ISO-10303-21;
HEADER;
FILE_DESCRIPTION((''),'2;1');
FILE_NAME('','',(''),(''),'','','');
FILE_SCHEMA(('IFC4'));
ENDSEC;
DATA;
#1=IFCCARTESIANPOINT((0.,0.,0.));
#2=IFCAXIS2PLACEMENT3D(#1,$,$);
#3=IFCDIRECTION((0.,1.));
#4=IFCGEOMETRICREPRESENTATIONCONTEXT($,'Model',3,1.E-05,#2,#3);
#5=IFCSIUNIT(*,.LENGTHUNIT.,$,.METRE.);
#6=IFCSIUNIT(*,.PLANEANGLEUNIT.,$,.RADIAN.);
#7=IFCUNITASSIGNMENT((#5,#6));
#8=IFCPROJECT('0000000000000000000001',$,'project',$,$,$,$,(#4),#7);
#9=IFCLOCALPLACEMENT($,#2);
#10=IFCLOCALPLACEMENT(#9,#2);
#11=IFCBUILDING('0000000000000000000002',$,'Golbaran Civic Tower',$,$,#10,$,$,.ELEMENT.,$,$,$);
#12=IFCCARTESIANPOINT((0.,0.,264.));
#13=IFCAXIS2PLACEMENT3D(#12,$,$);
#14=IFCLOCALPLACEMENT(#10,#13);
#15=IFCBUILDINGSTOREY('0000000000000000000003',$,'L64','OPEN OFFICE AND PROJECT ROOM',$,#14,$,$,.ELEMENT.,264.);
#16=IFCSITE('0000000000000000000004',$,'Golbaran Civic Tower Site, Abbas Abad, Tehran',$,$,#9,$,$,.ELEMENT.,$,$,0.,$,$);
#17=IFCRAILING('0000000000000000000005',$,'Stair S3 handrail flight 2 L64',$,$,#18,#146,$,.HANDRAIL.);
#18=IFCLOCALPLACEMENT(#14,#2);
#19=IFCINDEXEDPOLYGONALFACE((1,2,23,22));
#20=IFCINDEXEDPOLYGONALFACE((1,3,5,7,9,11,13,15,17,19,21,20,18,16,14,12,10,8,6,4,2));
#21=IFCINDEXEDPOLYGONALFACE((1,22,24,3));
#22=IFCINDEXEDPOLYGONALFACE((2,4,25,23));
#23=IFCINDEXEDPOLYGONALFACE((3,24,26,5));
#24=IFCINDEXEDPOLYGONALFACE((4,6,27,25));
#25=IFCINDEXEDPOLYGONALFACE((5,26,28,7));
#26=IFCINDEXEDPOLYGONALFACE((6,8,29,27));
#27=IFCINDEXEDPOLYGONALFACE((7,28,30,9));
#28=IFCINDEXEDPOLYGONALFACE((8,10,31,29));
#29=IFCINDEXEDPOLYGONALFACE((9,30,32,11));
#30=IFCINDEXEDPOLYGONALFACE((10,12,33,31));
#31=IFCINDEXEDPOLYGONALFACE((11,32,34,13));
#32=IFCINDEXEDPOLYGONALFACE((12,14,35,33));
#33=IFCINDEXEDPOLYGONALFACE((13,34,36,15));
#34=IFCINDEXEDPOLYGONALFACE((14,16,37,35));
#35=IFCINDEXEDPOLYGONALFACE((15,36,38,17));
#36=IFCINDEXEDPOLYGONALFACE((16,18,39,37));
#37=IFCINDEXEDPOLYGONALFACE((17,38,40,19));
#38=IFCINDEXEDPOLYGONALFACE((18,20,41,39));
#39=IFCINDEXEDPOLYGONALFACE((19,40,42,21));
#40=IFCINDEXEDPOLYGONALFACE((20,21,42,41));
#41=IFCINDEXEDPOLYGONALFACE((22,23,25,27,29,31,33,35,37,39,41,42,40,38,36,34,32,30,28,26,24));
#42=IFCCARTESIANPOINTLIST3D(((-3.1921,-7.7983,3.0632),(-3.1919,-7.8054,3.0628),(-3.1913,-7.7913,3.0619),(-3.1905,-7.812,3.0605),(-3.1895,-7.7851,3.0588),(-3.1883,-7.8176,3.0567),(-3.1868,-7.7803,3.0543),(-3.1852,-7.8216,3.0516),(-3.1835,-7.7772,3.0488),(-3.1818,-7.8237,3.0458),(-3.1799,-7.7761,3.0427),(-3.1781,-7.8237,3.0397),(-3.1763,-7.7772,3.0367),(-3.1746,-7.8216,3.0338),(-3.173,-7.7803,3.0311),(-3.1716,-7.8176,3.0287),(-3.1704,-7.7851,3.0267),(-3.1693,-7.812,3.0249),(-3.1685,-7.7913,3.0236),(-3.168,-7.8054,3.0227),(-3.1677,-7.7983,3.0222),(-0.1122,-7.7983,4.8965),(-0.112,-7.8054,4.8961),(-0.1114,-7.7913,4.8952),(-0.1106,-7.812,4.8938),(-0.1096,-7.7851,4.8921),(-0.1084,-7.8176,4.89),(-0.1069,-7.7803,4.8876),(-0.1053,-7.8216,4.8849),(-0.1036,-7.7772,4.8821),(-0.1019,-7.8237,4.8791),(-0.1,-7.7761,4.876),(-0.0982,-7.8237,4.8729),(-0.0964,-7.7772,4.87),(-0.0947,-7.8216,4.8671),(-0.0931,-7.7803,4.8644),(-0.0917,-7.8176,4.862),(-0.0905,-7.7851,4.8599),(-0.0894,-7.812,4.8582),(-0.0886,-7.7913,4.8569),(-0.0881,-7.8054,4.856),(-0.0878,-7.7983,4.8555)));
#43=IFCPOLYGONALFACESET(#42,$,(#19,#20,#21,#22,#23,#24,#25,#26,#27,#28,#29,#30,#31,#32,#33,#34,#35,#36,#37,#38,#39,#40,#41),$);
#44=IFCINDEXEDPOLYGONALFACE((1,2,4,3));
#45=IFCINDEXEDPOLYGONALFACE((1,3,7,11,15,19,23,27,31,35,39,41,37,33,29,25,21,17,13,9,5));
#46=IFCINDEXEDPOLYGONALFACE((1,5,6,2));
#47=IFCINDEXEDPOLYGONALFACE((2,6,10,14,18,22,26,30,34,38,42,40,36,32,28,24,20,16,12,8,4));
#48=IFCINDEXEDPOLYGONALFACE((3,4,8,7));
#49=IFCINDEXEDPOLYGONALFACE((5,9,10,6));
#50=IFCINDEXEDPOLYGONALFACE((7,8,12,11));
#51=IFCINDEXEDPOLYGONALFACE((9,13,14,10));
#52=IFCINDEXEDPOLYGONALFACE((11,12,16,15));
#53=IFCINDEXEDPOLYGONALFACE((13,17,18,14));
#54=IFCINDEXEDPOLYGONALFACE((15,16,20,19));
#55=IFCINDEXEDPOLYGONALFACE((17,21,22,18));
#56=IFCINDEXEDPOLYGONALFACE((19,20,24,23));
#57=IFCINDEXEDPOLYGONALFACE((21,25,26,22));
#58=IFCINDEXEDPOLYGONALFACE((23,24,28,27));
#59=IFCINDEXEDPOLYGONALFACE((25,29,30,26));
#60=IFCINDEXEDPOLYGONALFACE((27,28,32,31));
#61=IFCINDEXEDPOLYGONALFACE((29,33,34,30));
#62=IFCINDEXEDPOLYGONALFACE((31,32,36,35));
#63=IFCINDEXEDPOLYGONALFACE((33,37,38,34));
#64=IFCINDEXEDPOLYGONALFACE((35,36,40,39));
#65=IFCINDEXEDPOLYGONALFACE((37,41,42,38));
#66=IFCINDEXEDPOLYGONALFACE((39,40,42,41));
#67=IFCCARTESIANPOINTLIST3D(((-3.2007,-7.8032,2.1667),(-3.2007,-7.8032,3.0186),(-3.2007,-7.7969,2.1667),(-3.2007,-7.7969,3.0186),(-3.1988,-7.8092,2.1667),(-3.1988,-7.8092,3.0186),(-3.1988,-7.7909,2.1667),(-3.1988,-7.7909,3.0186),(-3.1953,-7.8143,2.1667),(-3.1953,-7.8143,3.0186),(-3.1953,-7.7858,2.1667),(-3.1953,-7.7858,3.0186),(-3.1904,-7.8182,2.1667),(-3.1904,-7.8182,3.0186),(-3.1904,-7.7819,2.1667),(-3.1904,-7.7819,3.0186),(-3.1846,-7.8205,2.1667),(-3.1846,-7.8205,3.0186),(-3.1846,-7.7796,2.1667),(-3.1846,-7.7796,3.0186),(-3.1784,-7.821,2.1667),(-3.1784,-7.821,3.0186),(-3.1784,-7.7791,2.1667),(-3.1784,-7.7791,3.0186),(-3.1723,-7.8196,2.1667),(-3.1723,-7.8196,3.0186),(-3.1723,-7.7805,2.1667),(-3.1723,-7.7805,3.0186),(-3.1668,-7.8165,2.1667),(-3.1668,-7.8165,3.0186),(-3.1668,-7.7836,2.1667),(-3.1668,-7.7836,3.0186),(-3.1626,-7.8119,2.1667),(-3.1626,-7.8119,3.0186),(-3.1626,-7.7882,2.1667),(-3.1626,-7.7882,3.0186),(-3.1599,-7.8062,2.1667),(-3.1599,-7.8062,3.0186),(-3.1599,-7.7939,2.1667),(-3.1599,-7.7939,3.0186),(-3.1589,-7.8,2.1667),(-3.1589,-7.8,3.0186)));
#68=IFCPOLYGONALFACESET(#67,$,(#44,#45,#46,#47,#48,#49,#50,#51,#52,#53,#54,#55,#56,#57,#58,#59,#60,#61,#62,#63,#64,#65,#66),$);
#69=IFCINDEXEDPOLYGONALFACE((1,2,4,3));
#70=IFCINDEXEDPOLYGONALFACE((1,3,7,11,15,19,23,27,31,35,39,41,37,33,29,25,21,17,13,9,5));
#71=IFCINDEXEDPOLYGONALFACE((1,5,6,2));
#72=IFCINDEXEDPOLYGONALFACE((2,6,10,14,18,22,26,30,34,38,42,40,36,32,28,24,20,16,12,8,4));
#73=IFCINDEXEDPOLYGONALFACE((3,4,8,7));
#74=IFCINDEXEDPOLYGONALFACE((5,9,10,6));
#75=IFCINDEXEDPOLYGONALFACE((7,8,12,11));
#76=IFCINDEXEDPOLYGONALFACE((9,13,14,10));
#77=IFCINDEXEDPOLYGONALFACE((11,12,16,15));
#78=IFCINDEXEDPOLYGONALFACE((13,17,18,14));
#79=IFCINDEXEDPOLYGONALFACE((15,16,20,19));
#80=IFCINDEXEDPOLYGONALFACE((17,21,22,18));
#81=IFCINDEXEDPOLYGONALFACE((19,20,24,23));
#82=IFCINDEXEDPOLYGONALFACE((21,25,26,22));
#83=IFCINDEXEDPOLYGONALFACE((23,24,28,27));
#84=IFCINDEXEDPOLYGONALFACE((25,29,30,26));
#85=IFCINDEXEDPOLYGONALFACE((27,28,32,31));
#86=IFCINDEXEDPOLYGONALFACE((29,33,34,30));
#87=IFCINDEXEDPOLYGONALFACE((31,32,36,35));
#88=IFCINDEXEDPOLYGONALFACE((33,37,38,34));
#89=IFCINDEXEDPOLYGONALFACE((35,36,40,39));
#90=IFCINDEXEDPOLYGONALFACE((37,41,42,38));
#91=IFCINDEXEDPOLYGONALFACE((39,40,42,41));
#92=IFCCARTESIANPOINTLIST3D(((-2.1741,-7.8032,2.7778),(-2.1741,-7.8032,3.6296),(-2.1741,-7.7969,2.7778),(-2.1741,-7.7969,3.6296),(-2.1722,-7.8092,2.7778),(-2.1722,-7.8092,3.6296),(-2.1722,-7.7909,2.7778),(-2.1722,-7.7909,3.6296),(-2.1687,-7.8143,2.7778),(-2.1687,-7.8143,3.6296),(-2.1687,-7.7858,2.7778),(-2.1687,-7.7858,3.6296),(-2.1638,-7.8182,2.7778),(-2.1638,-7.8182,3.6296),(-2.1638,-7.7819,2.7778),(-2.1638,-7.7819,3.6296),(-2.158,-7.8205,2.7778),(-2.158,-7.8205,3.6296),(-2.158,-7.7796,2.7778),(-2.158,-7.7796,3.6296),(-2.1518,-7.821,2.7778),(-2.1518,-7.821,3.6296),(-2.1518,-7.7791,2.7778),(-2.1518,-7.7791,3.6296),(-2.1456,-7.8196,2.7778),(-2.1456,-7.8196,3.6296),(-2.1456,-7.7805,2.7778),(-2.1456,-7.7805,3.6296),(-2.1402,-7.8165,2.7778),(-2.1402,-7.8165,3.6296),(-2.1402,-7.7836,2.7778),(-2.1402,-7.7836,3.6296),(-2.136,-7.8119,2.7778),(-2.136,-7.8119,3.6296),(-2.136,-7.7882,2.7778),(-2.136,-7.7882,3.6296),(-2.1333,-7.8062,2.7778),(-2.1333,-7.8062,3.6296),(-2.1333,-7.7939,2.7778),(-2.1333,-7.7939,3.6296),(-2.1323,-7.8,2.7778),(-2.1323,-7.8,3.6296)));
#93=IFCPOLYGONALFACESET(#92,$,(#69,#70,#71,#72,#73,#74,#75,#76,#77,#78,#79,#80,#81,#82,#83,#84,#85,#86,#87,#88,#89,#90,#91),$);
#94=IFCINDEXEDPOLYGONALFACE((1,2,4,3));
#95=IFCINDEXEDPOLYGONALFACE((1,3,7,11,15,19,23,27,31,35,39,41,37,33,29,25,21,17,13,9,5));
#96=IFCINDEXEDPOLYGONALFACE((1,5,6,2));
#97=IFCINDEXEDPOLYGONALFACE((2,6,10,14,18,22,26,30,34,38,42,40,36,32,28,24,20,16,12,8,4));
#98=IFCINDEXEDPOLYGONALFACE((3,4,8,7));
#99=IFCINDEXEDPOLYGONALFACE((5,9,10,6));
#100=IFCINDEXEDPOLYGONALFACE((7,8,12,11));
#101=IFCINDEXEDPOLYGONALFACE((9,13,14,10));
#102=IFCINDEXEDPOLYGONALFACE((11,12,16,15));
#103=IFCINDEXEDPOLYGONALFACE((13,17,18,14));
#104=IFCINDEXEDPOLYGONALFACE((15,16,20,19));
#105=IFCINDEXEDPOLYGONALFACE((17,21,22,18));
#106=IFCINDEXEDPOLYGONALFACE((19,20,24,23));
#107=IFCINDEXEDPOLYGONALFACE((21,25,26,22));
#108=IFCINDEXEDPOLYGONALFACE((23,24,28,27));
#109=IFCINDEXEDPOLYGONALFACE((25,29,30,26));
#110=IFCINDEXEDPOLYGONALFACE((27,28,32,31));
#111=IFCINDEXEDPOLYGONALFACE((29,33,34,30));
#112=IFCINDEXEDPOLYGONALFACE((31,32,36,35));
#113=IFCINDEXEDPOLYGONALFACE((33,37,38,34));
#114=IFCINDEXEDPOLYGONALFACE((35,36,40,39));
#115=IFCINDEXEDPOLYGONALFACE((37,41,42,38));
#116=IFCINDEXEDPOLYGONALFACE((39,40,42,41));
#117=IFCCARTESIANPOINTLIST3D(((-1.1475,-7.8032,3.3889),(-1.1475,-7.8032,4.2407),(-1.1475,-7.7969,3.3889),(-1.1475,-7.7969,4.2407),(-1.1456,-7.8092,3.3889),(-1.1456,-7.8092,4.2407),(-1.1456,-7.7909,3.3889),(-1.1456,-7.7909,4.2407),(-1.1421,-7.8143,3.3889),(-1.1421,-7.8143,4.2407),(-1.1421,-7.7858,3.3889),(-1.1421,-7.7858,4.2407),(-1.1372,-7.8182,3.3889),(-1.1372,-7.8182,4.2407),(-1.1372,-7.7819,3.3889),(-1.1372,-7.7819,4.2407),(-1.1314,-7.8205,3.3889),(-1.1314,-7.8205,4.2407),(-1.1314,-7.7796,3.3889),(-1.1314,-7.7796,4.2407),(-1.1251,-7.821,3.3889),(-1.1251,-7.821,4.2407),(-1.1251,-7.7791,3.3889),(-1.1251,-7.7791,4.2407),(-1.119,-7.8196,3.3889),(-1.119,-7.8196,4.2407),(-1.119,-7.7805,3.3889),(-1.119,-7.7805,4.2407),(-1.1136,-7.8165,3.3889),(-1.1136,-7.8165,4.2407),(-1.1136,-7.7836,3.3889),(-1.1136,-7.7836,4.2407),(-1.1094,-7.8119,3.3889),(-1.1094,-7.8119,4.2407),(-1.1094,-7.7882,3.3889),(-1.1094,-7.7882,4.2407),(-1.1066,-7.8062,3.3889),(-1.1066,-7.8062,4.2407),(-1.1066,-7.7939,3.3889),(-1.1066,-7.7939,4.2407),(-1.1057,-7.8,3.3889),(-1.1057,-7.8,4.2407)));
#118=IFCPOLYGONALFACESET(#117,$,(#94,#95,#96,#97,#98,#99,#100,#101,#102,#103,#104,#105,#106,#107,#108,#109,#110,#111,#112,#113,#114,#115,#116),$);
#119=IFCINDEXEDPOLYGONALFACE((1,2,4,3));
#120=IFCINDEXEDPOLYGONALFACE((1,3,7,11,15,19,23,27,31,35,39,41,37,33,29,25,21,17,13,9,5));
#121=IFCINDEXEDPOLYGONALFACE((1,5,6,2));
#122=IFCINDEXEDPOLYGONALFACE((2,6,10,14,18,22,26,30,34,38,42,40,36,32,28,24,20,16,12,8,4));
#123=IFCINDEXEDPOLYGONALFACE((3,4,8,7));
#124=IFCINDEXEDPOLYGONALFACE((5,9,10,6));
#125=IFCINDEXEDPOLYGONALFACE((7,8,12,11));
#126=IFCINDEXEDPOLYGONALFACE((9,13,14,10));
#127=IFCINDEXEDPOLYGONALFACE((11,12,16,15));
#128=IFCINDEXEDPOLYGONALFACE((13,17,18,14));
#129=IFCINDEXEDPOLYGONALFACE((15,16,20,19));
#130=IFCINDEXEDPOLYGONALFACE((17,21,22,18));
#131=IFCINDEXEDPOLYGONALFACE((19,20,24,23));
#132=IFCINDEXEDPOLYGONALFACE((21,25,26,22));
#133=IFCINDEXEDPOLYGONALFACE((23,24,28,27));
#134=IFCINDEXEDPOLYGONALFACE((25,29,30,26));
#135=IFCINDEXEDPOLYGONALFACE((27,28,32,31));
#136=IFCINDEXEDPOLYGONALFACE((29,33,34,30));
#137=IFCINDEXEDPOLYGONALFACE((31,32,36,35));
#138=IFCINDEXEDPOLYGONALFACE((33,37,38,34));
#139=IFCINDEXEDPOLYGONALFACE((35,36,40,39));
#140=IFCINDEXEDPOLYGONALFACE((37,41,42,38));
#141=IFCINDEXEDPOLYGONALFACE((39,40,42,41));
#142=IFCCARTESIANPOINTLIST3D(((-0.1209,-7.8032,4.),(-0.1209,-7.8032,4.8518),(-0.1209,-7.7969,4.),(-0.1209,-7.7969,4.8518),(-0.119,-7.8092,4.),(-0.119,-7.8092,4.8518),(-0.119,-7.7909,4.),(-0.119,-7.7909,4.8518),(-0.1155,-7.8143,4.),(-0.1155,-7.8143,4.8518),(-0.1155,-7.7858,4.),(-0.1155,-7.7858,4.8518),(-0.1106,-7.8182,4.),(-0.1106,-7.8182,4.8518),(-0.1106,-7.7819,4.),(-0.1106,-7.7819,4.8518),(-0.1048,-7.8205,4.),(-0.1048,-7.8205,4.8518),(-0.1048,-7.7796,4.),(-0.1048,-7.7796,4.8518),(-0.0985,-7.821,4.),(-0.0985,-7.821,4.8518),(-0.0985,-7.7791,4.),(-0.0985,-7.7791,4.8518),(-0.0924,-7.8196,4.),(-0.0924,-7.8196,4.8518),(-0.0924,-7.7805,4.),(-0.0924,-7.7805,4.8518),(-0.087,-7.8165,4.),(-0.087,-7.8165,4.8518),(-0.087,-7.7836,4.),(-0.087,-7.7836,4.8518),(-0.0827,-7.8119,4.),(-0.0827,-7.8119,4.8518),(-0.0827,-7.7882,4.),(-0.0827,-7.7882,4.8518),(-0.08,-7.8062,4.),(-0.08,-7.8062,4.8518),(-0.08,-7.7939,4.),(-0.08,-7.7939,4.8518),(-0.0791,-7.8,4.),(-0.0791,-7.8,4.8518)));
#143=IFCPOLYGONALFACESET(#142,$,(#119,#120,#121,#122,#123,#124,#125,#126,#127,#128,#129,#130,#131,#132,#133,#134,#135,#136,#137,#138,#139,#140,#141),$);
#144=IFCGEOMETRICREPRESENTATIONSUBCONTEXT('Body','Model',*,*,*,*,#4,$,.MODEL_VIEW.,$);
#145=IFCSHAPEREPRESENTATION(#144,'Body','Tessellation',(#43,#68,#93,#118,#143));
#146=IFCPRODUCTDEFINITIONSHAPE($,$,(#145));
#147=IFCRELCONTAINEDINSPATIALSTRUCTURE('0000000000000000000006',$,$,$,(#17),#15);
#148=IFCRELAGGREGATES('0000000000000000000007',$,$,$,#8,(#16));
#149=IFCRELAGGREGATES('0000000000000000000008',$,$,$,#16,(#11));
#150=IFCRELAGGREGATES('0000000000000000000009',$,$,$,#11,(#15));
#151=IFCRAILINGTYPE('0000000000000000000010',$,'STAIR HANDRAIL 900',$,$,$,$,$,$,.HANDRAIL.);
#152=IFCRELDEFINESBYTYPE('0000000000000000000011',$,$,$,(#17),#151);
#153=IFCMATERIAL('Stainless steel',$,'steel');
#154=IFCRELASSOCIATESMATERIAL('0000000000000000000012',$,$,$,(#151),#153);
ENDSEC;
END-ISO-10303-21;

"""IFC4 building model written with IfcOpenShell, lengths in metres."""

from ifc_helpers import new_model, si_unit, direction, frame, origin, origin_2d, place, context, subcontext, project, spatial, circle, extrude, material, type_object, element, save


model = new_model("IFC4")

# Units and contexts
model_context = context("Model", 3, precision=1e-05, world=origin(), true_north=direction((0.0, 1.0)))
body_context = subcontext(model_context, "Body", "Model", "MODEL_VIEW")
ifc_project = project(units=[si_unit("LENGTHUNIT", "METRE"), si_unit("PLANEANGLEUNIT", "RADIAN")], contexts=[model_context])

# Site, building, storey
site_placement = place(None, origin())
site = spatial("IfcSite", under=ifc_project, at=site_placement, Name="Golbaran Civic Tower Site, Abbas Abad, Tehran", CompositionType="ELEMENT", RefElevation=0.0)
building_placement = place(site_placement, origin())
building = spatial("IfcBuilding", under=site, at=building_placement, Name="Golbaran Civic Tower", CompositionType="ELEMENT")
storey_placement = place(building_placement, frame((0.0, 0.0, 264.0)))
storey = spatial("IfcBuildingStorey", under=building, at=storey_placement, Name="L64", Description="OPEN OFFICE AND PROJECT ROOM", CompositionType="ELEMENT", Elevation=264.0)

# Railing
ifc_material_1 = material(Name="Stainless steel", Category="steel")
railing_type = type_object("IfcRailingType", Name="STAIR HANDRAIL 900", PredefinedType="HANDRAIL", material=ifc_material_1)
railing_1_placement = place(storey_placement, frame((-3.1799, -7.8, 2.1667)))
element("IfcRailing", 1, at=railing_1_placement, inside=storey, type_object=railing_type, Name="Stair S3 handrail flight 2 L64", PredefinedType="HANDRAIL", context=body_context, shape_type="SweptSolid", body=[
    extrude(circle(Radius=0.0239, at=origin_2d()), frame((0.0, 0.0, 0.876), z_axis=(0.859291, 0.0, 0.511487), x_axis=(0.0, 1.0, 0.0)), (0.0, 0.0, 1.0), 3.5842),
    extrude(circle(Radius=0.021, at=origin_2d()), origin(), (0.0, 0.0, 1.0), 0.8518),
    extrude(circle(Radius=0.021, at=origin_2d()), frame((1.0266, 0.0, 0.6111)), (0.0, 0.0, 1.0), 0.8518),
    extrude(circle(Radius=0.021, at=origin_2d()), frame((2.0532, 0.0, 1.2222)), (0.0, 0.0, 1.0), 0.8518),
    extrude(circle(Radius=0.021, at=origin_2d()), frame((3.0798, 0.0, 1.8333)), (0.0, 0.0, 1.0), 0.8518),
])

save(model, "model.ifc")
